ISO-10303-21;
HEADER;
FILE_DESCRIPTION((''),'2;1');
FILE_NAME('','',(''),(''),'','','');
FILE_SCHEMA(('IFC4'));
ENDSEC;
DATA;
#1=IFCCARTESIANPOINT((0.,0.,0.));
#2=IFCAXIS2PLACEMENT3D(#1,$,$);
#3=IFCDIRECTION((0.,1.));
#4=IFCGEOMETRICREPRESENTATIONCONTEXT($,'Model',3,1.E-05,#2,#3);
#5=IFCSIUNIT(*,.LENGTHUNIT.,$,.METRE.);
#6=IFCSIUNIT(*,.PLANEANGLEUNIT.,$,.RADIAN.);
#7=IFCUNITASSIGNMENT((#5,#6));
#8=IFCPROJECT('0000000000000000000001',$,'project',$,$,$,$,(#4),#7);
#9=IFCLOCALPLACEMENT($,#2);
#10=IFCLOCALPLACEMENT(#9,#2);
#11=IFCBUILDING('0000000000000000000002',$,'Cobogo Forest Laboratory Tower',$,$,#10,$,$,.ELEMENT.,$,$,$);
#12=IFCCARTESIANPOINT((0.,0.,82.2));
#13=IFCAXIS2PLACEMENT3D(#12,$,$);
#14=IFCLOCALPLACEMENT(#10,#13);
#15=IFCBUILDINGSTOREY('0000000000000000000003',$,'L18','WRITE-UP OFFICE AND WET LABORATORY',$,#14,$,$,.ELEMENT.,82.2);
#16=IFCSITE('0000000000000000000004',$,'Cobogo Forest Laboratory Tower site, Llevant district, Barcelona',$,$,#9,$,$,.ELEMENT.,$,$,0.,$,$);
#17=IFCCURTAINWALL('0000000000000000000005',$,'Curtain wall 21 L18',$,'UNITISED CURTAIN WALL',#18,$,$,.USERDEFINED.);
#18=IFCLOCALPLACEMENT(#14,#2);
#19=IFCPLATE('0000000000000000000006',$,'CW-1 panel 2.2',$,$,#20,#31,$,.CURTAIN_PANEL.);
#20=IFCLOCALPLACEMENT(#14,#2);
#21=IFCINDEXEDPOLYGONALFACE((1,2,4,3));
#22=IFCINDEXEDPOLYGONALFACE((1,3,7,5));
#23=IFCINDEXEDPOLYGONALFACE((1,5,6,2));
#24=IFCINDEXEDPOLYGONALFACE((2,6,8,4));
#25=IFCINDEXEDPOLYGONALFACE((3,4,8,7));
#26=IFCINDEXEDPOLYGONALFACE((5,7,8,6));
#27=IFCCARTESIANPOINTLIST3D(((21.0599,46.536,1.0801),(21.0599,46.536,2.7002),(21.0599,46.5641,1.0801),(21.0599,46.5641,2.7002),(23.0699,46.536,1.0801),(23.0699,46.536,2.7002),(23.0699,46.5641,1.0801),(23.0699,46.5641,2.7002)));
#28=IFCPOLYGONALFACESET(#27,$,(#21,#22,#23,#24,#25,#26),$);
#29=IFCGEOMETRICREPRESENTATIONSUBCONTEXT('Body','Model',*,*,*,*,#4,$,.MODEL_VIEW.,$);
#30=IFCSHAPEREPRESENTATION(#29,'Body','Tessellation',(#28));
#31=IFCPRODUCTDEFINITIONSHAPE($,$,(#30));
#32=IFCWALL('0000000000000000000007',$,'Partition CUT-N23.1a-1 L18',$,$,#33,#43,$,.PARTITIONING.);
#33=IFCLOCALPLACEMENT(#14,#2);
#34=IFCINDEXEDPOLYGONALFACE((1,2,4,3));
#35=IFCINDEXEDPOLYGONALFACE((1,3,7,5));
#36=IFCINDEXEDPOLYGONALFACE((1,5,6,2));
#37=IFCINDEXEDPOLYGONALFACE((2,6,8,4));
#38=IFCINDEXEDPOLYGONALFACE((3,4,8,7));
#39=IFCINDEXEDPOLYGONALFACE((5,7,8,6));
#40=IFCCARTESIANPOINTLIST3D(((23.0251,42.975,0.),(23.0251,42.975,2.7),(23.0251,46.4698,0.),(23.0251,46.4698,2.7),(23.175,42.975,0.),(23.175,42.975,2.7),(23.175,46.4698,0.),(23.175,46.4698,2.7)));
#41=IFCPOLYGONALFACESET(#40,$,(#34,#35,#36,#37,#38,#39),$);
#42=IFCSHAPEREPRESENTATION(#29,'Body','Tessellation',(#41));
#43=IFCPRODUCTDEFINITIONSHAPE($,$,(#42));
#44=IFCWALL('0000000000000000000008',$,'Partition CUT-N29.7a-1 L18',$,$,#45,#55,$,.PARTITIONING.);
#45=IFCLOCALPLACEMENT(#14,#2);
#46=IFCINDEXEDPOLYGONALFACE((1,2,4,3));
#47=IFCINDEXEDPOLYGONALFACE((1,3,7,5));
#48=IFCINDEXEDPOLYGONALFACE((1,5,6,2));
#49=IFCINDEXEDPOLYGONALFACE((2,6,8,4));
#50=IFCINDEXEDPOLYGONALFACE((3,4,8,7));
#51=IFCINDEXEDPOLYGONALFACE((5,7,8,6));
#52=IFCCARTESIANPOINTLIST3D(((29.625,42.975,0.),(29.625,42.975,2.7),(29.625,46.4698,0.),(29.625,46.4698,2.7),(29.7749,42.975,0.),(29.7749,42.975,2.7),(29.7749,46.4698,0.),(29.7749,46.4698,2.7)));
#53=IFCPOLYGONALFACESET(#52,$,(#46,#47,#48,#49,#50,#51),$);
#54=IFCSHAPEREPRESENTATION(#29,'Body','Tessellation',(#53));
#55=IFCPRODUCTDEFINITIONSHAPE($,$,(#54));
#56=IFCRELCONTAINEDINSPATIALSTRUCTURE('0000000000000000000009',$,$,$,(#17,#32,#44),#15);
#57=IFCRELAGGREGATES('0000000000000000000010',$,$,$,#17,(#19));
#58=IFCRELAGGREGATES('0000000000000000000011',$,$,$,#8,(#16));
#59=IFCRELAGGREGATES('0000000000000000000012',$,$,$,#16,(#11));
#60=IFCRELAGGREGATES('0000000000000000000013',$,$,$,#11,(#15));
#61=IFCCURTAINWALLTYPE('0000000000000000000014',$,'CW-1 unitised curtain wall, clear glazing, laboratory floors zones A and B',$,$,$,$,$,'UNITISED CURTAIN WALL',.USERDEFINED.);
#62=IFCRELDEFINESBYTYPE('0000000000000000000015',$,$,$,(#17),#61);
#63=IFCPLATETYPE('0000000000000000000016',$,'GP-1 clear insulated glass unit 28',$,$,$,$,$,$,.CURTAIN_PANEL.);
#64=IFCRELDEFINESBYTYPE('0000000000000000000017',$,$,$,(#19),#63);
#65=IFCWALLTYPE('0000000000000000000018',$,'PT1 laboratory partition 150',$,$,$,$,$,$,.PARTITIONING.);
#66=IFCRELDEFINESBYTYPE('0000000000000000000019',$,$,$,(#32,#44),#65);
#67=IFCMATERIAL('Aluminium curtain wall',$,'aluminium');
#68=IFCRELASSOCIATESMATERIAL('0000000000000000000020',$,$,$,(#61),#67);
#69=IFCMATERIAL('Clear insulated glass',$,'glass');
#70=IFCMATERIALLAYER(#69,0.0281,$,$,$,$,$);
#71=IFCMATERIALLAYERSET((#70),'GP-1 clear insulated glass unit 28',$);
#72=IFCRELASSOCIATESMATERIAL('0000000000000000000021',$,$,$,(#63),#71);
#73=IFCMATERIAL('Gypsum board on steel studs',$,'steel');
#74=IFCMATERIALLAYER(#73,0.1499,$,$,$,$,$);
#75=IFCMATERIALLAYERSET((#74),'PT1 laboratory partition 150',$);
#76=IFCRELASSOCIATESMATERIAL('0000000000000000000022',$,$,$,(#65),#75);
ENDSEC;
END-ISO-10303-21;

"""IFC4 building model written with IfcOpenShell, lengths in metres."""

from ifc_helpers import new_model, si_unit, direction, frame, frame_2d, origin, origin_2d, place, context, subcontext, project, spatial, rectangle, extrude, material, layer, layer_set, type_object, element, aggregate, save


model = new_model("IFC4")

# Units and contexts
model_context = context("Model", 3, precision=1e-05, world=origin(), true_north=direction((0.0, 1.0)))
body_context = subcontext(model_context, "Body", "Model", "MODEL_VIEW")
ifc_project = project(units=[si_unit("LENGTHUNIT", "METRE"), si_unit("PLANEANGLEUNIT", "RADIAN")], contexts=[model_context])

# Site, building, storey
site_placement = place(None, origin())
site = spatial("IfcSite", under=ifc_project, at=site_placement, Name="Cobogo Forest Laboratory Tower site, Llevant district, Barcelona", CompositionType="ELEMENT", RefElevation=0.0)
building_placement = place(site_placement, origin())
building = spatial("IfcBuilding", under=site, at=building_placement, Name="Cobogo Forest Laboratory Tower", CompositionType="ELEMENT")
storey_placement = place(building_placement, frame((0.0, 0.0, 82.2)))
storey = spatial("IfcBuildingStorey", under=building, at=storey_placement, Name="L18", Description="WRITE-UP OFFICE AND WET LABORATORY", CompositionType="ELEMENT", Elevation=82.2)

# Shared definitions
ifc_material_1 = material(Name="Aluminium curtain wall", Category="aluminium")
curtain_wall_type = type_object("IfcCurtainWallType", Name="CW-1 unitised curtain wall, clear glazing, laboratory floors zones A and B", ElementType="UNITISED CURTAIN WALL", PredefinedType="USERDEFINED", material=ifc_material_1)

# Curtain wall
curtain_wall_1_placement = place(storey_placement, origin())
curtain_wall_1 = element("IfcCurtainWall", 1, at=curtain_wall_1_placement, inside=storey, type_object=curtain_wall_type, Name="Curtain wall 21 L18", ObjectType="UNITISED CURTAIN WALL", PredefinedType="USERDEFINED")

# Plate
ifc_material_2 = material(Name="Clear insulated glass", Category="glass")
ifc_layer_1 = layer(ifc_material_2, 0.0281)
ifc_layer_set_1 = layer_set([ifc_layer_1], Name="GP-1 clear insulated glass unit 28")
plate_type_1 = type_object("IfcPlateType", Name="GP-1 clear insulated glass unit 28", PredefinedType="CURTAIN_PANEL", material=ifc_layer_set_1)
plate_1_placement = place(storey_placement, frame((22.0649, 46.55, 1.0801), z_axis=(0.0, 0.0, 1.0), x_axis=(-1.0, 0.0, 0.0)))
plate_1 = element("IfcPlate", 2, at=plate_1_placement, type_object=plate_type_1, Name="CW-1 panel 2.2", PredefinedType="CURTAIN_PANEL", context=body_context, shape_type="SweptSolid", body=[
    extrude(rectangle(XDim=2.01, YDim=0.0281, at=origin_2d()), origin(), (0.0, 0.0, 1.0), 1.6201),
])
aggregate(curtain_wall_1, [plate_1])

# Walls
ifc_material_3 = material(Name="Gypsum board on steel studs", Category="steel")
ifc_layer_2 = layer(ifc_material_3, 0.1499)
ifc_layer_set_2 = layer_set([ifc_layer_2], Name="PT1 laboratory partition 150")
wall_type = type_object("IfcWallType", Name="PT1 laboratory partition 150", PredefinedType="PARTITIONING", material=ifc_layer_set_2)
for number, where, z_axis, x_axis, name in (
    (3, (23.1001, 46.47, 0.0), (0.0, 0.0, 1.0), (0.0, -1.0, 0.0), "Partition CUT-N23.1a-1 L18"),
    (4, (29.7, 46.47, 0.0), (0.0, 0.0, 1.0), (0.0, -1.0, 0.0), "Partition CUT-N29.7a-1 L18"),
):
    element("IfcWall", number, at=place(storey_placement, frame(where, z_axis=z_axis, x_axis=x_axis)), inside=storey, type_object=wall_type, Name=name, PredefinedType="PARTITIONING", context=body_context, shape_type="SweptSolid", body=[
        extrude(rectangle(XDim=3.4949, YDim=0.1499, at=frame_2d((1.7476, 0.0))), origin(), (0.0, 0.0, 1.0), 2.7),
    ])

save(model, "model.ifc")
